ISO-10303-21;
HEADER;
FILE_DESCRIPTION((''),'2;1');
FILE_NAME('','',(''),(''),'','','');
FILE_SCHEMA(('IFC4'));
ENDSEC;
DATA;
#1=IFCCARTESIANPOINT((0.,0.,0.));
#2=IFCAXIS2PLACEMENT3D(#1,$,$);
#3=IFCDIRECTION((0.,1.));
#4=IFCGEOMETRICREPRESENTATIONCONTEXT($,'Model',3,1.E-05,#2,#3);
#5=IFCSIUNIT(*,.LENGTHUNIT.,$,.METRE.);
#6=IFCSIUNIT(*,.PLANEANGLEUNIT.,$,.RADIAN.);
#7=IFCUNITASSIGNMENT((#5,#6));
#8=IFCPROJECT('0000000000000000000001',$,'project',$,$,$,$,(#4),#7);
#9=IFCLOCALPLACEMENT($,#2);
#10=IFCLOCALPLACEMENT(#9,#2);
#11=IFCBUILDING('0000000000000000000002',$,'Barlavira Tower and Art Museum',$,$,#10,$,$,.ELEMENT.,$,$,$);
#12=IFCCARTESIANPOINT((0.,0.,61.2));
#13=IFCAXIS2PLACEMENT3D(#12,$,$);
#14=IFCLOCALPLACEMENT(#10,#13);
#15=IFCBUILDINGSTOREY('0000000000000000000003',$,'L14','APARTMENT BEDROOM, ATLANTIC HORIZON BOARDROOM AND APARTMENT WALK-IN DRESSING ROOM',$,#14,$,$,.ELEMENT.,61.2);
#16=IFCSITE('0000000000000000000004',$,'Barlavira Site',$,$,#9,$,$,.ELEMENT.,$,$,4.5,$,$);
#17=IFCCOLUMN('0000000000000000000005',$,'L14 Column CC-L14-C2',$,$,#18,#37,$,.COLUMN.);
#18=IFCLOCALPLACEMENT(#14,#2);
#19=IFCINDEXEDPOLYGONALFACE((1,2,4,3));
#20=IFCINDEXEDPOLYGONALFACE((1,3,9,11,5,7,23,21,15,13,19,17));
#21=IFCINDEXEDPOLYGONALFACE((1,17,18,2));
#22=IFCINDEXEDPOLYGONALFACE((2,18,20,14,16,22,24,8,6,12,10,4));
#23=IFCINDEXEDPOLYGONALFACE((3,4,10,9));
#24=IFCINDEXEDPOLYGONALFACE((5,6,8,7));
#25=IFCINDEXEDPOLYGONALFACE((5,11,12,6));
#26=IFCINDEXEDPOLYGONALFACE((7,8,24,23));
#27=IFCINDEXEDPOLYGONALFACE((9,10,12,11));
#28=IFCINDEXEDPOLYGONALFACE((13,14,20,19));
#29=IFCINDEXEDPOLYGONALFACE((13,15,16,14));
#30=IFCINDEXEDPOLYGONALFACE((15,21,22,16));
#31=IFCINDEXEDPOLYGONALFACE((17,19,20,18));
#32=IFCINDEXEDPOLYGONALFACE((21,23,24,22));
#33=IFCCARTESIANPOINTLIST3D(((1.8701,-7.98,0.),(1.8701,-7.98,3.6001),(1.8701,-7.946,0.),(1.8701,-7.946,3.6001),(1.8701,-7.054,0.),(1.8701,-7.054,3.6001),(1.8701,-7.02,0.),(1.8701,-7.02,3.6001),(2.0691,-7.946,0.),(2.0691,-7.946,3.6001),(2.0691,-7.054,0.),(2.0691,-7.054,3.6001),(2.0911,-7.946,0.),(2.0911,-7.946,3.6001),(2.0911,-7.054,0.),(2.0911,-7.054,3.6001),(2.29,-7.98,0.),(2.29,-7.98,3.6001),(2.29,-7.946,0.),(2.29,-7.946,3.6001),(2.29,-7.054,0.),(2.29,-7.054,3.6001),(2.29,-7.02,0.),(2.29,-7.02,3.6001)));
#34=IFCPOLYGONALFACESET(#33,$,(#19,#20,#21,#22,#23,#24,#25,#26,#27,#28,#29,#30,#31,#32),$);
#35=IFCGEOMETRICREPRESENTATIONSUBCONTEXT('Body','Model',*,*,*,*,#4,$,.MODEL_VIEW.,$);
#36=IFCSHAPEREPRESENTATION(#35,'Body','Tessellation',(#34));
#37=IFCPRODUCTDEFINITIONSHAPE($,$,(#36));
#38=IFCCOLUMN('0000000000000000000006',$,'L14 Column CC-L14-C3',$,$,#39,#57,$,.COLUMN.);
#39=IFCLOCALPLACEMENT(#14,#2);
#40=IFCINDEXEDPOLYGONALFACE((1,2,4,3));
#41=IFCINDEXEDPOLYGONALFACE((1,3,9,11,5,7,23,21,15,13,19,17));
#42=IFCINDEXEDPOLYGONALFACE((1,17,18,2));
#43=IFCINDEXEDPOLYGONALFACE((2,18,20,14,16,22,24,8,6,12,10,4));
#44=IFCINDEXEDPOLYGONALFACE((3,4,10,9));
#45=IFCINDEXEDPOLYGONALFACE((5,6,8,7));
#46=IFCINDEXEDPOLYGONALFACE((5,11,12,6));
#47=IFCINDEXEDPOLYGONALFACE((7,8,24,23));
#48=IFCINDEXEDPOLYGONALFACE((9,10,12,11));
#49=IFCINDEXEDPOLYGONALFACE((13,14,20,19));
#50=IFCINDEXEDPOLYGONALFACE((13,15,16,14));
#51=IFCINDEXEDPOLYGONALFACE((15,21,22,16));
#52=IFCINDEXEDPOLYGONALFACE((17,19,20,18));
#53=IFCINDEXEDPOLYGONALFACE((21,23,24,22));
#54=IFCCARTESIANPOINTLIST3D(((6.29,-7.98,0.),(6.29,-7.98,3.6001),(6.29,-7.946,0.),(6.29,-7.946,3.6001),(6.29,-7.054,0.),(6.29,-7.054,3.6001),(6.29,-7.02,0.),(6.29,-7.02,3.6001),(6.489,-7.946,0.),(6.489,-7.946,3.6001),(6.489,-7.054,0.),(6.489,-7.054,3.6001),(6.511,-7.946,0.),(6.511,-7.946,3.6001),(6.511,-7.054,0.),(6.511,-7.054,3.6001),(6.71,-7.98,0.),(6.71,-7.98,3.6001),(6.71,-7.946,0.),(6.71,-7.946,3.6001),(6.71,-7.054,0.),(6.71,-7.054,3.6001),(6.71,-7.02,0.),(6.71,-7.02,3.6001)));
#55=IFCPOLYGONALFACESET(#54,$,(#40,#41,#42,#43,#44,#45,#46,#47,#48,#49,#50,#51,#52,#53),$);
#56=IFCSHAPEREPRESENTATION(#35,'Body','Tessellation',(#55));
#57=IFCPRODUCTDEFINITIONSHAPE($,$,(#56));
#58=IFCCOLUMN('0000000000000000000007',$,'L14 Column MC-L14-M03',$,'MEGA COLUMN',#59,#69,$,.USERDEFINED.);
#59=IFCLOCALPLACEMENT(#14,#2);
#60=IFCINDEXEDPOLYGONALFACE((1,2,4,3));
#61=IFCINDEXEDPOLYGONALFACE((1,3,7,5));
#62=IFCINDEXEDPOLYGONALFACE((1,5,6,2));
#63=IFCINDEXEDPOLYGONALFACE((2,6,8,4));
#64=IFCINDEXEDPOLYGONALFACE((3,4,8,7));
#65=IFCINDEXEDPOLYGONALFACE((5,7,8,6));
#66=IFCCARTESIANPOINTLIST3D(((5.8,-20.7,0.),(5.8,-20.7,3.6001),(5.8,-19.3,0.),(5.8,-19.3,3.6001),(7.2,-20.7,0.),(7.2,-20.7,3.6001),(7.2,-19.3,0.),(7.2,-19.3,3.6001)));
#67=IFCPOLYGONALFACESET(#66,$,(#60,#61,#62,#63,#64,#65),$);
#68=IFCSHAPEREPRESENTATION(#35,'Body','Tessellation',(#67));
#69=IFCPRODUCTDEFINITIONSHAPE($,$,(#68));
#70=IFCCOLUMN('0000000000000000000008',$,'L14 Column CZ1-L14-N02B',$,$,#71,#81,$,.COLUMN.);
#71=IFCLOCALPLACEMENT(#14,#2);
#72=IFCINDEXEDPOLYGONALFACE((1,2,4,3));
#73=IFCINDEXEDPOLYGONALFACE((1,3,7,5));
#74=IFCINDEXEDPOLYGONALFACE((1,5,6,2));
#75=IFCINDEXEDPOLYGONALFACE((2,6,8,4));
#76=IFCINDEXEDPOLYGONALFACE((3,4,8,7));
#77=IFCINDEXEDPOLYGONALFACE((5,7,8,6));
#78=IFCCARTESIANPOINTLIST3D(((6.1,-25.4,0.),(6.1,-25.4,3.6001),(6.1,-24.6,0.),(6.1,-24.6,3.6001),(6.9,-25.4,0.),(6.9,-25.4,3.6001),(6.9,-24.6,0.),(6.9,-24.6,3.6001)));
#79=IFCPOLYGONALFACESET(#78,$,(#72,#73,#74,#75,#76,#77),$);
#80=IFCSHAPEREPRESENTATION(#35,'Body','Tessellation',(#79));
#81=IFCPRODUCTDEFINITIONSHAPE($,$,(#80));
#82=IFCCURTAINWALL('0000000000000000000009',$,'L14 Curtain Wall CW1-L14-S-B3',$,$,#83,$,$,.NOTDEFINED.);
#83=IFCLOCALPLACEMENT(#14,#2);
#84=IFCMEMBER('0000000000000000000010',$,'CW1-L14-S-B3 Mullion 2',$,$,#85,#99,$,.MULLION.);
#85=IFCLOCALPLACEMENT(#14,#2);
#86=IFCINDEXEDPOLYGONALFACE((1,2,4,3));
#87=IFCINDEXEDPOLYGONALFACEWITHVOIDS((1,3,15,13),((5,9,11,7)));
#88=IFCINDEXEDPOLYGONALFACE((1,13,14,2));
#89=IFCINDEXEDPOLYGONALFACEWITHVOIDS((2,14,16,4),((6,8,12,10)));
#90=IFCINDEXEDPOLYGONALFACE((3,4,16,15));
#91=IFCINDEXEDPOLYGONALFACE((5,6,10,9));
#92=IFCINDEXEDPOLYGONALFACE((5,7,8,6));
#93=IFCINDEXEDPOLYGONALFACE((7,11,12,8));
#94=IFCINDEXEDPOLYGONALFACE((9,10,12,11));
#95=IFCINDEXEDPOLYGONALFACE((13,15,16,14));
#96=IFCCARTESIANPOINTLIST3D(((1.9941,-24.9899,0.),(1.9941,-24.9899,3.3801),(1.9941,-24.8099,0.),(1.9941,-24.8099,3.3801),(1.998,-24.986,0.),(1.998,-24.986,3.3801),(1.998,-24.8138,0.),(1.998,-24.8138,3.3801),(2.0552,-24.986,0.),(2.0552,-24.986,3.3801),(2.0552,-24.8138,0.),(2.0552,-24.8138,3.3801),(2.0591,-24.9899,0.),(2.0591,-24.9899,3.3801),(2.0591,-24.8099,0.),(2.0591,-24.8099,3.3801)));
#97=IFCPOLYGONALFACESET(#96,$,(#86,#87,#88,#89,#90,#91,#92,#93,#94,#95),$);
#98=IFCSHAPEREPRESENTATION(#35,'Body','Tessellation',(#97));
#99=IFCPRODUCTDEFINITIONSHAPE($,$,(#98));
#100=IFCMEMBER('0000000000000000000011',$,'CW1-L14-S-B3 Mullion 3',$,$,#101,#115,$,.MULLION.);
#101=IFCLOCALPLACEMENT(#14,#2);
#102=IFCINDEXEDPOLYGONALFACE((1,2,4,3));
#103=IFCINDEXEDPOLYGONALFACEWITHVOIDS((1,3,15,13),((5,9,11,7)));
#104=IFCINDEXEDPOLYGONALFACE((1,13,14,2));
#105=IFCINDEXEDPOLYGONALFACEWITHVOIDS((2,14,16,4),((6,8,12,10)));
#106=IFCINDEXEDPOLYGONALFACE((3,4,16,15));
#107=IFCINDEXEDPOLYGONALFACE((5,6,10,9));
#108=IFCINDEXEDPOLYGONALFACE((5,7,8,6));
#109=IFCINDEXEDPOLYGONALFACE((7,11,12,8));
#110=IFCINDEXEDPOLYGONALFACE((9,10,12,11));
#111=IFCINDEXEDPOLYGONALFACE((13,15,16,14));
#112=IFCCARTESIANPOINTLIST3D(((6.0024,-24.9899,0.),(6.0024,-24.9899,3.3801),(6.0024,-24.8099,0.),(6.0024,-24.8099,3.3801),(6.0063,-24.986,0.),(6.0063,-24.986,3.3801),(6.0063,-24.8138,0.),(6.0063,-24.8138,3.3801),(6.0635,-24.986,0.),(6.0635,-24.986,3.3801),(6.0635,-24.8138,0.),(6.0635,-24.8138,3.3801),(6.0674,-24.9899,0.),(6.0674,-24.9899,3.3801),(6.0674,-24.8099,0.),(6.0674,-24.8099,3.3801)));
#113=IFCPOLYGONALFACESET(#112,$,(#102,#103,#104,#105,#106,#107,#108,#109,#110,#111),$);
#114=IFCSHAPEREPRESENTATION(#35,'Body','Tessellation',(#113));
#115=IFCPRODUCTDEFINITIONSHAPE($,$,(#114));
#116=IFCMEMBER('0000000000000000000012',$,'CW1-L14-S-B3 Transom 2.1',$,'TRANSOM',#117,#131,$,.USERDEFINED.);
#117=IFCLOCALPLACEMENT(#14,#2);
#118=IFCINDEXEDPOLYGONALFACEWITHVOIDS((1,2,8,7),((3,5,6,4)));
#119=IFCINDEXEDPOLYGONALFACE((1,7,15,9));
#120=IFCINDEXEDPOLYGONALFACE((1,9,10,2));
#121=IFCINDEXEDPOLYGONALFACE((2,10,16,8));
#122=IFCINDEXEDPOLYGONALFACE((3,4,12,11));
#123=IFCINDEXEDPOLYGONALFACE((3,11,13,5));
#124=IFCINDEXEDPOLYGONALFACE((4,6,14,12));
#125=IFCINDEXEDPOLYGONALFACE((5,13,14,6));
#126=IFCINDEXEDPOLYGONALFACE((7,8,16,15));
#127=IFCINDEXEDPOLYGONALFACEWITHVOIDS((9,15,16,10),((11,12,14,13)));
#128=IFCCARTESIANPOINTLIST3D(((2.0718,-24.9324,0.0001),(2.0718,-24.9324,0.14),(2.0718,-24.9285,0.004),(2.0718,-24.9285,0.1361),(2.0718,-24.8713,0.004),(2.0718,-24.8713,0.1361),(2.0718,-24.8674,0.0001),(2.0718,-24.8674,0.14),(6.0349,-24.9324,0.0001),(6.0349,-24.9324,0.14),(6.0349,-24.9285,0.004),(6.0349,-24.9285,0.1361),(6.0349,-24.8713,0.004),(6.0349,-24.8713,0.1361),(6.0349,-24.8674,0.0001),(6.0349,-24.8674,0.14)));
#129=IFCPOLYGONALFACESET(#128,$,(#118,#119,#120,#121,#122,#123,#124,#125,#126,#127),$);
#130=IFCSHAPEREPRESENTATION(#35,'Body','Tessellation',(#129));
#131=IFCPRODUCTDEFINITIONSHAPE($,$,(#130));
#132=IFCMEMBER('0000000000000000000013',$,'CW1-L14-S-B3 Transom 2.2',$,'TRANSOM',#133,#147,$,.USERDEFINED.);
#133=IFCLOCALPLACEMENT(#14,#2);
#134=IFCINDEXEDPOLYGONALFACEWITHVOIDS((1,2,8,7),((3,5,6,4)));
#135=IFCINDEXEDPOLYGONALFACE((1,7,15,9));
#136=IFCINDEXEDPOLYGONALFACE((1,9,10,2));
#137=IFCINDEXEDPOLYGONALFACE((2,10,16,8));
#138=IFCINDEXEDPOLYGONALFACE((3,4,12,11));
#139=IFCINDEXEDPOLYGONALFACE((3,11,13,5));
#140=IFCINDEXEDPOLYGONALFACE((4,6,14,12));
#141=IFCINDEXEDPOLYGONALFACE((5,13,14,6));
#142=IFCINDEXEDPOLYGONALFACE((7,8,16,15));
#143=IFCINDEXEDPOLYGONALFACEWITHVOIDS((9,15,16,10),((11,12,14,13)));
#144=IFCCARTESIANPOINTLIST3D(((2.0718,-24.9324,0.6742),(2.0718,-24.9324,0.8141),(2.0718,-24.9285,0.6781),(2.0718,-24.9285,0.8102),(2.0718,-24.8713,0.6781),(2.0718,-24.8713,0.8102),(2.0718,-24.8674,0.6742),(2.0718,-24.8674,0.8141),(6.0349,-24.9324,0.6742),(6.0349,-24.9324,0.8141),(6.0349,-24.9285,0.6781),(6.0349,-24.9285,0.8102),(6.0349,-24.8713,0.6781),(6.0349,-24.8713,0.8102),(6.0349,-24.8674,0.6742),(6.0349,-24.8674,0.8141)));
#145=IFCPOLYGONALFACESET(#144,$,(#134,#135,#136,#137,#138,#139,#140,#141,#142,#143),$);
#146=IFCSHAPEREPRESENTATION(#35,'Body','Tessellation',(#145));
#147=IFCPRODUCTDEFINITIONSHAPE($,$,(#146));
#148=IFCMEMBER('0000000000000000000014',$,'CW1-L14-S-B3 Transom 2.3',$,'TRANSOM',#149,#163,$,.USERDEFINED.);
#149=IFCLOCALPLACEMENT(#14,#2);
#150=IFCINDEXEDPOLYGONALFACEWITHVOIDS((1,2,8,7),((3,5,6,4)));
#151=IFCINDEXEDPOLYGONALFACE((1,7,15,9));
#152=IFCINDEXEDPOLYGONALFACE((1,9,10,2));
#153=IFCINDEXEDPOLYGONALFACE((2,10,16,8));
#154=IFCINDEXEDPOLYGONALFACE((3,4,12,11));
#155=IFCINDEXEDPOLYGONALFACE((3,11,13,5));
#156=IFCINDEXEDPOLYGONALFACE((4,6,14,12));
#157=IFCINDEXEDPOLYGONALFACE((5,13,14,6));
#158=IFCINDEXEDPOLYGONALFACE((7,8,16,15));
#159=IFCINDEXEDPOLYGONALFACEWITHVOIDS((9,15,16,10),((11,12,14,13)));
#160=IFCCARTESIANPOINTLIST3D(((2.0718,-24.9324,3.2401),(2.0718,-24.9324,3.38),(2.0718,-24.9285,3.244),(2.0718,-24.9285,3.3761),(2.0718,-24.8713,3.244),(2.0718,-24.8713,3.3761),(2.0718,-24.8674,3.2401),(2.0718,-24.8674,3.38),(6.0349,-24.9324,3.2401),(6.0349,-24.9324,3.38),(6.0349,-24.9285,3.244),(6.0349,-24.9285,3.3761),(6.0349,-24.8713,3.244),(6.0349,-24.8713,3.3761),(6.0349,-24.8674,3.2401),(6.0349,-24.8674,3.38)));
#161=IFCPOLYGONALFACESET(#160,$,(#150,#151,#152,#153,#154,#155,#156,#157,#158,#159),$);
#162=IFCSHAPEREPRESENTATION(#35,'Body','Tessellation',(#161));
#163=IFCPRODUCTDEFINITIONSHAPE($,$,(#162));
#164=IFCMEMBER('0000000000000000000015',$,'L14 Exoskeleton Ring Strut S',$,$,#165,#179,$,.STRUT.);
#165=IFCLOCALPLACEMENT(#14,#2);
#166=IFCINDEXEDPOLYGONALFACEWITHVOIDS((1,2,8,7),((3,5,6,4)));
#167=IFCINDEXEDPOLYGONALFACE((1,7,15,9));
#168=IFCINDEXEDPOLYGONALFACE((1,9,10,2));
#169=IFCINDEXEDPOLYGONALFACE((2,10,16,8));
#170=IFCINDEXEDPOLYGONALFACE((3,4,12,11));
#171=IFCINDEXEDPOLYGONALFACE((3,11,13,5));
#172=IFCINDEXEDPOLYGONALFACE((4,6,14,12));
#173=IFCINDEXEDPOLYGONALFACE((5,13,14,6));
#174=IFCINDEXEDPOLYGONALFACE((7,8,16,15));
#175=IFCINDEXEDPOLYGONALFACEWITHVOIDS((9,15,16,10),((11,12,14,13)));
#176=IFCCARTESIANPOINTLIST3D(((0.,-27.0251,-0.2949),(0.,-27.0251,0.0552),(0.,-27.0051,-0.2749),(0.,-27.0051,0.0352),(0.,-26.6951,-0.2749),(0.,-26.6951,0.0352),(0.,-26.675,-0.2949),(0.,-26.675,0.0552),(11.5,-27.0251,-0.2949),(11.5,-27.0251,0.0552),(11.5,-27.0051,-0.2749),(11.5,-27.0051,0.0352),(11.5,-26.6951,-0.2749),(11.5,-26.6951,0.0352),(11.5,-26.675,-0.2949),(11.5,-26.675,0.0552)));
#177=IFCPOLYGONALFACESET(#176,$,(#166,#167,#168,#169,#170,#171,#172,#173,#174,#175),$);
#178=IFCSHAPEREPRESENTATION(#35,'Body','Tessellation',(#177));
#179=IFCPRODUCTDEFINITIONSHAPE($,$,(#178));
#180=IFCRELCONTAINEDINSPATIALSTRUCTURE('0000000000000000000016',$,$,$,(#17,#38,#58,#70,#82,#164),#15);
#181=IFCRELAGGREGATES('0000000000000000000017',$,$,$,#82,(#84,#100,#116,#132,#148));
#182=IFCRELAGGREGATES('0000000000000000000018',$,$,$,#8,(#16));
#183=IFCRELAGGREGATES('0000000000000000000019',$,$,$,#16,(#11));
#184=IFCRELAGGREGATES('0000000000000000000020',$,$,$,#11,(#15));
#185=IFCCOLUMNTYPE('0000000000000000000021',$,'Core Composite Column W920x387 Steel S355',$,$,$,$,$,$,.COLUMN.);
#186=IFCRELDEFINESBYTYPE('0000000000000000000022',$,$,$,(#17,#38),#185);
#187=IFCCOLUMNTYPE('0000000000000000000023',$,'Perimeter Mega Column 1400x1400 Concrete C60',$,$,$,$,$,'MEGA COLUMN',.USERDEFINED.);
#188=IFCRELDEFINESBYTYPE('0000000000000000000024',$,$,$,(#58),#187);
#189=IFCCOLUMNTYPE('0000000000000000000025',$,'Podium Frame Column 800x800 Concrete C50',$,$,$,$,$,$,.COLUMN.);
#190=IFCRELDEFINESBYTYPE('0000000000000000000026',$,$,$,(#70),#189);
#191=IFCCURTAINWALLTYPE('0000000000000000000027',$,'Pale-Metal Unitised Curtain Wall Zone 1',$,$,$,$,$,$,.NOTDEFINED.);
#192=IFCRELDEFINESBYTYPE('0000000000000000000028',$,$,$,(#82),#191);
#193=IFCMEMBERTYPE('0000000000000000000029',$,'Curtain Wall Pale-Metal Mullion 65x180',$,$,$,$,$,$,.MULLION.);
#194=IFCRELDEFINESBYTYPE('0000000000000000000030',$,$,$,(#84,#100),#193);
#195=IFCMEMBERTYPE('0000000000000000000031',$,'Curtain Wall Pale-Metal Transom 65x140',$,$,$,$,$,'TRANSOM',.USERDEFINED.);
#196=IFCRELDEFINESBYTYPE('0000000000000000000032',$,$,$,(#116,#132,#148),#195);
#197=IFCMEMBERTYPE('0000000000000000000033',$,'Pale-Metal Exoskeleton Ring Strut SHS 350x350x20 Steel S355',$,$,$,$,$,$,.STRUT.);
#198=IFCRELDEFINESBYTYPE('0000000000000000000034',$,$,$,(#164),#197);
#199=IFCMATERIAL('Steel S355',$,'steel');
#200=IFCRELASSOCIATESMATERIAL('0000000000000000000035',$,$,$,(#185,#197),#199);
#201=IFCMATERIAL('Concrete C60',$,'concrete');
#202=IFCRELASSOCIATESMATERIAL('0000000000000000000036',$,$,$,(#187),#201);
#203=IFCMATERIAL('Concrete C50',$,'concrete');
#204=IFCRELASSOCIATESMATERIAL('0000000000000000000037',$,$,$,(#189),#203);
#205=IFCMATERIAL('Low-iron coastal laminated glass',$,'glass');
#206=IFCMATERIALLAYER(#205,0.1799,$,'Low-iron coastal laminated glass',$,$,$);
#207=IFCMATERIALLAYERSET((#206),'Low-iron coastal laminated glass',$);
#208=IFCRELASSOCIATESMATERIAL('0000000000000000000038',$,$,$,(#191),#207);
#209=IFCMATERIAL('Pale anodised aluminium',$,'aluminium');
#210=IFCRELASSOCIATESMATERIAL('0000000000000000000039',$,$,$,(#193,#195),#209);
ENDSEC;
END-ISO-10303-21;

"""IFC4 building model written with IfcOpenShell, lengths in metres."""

from ifc_helpers import new_model, si_unit, direction, frame, origin, origin_2d, place, context, subcontext, project, spatial, rectangle, hollow_rectangle, i_section, extrude, material, layer, layer_set, material_profile, profile_set, type_object, element, aggregate, save


model = new_model("IFC4")

# Units and contexts
model_context = context("Model", 3, precision=1e-05, world=origin(), true_north=direction((0.0, 1.0)))
body_context = subcontext(model_context, "Body", "Model", "MODEL_VIEW")
ifc_project = project(units=[si_unit("LENGTHUNIT", "METRE"), si_unit("PLANEANGLEUNIT", "RADIAN")], contexts=[model_context])

# Site, building, storey
site_placement = place(None, origin())
site = spatial("IfcSite", under=ifc_project, at=site_placement, Name="Barlavira Site", CompositionType="ELEMENT", RefElevation=4.5)
building_placement = place(site_placement, origin())
building = spatial("IfcBuilding", under=site, at=building_placement, Name="Barlavira Tower and Art Museum", CompositionType="ELEMENT")
storey_placement = place(building_placement, frame((0.0, 0.0, 61.2)))
storey = spatial("IfcBuildingStorey", under=building, at=storey_placement, Name="L14", Description="APARTMENT BEDROOM, ATLANTIC HORIZON BOARDROOM AND APARTMENT WALK-IN DRESSING ROOM", CompositionType="ELEMENT", Elevation=61.2)

# Columns
ifc_material_1 = material(Name="Steel S355", Category="steel")
ifc_material_profile_1 = material_profile(ifc_material_1, i_section(OverallWidth=0.4199, OverallDepth=0.96, WebThickness=0.022, FlangeThickness=0.0339, at=origin_2d()), Name="W920x387.0")
ifc_profile_set_1 = profile_set([ifc_material_profile_1], Name="Steel S355")
column_type_1 = type_object("IfcColumnType", Name="Core Composite Column W920x387 Steel S355", PredefinedType="COLUMN", material=ifc_profile_set_1)
for number, where, z_axis, x_axis, name in (
    (1, (2.0801, -7.5, 0.0), (0.0, 0.0, 1.0), (1.0, 0.0, 0.0), "L14 Column CC-L14-C2"),
    (2, (6.5, -7.5, 0.0), (0.0, 0.0, 1.0), (1.0, 0.0, 0.0), "L14 Column CC-L14-C3"),
):
    element("IfcColumn", number, at=place(storey_placement, frame(where, z_axis=z_axis, x_axis=x_axis)), inside=storey, type_object=column_type_1, Name=name, PredefinedType="COLUMN", context=body_context, shape_type="SweptSolid", body=[
        extrude(i_section(OverallWidth=0.4199, OverallDepth=0.96, WebThickness=0.022, FlangeThickness=0.0339, at=origin_2d()), origin(), (0.0, 0.0, 1.0), 3.6001),
    ])
ifc_material_2 = material(Name="Concrete C60", Category="concrete")
ifc_material_profile_2 = material_profile(ifc_material_2, rectangle(XDim=1.3999, YDim=1.3999, at=origin_2d()), Name="RC-MCOL 1400x1400")
ifc_profile_set_2 = profile_set([ifc_material_profile_2], Name="Concrete C60")
column_type_2 = type_object("IfcColumnType", Name="Perimeter Mega Column 1400x1400 Concrete C60", ElementType="MEGA COLUMN", PredefinedType="USERDEFINED", material=ifc_profile_set_2)
column_1_placement = place(storey_placement, frame((6.5, -20.0, 0.0), z_axis=(0.0, 0.0, 1.0), x_axis=(1.0, 0.0, 0.0)))
element("IfcColumn", 3, at=column_1_placement, inside=storey, type_object=column_type_2, Name="L14 Column MC-L14-M03", ObjectType="MEGA COLUMN", PredefinedType="USERDEFINED", context=body_context, shape_type="SweptSolid", body=[
    extrude(rectangle(XDim=1.3999, YDim=1.3999, at=origin_2d()), origin(), (0.0, 0.0, 1.0), 3.6001),
])
ifc_material_3 = material(Name="Concrete C50", Category="concrete")
ifc_material_profile_3 = material_profile(ifc_material_3, rectangle(XDim=0.8, YDim=0.8, at=origin_2d()), Name="RC-COL 800x800")
ifc_profile_set_3 = profile_set([ifc_material_profile_3], Name="Concrete C50")
column_type_3 = type_object("IfcColumnType", Name="Podium Frame Column 800x800 Concrete C50", PredefinedType="COLUMN", material=ifc_profile_set_3)
column_2_placement = place(storey_placement, frame((6.5, -25.0, 0.0), z_axis=(0.0, 0.0, 1.0), x_axis=(1.0, 0.0, 0.0)))
element("IfcColumn", 4, at=column_2_placement, inside=storey, type_object=column_type_3, Name="L14 Column CZ1-L14-N02B", PredefinedType="COLUMN", context=body_context, shape_type="SweptSolid", body=[
    extrude(rectangle(XDim=0.8, YDim=0.8, at=origin_2d()), origin(), (0.0, 0.0, 1.0), 3.6001),
])

# Curtain wall, members
ifc_material_4 = material(Name="Low-iron coastal laminated glass", Category="glass")
ifc_layer_1 = layer(ifc_material_4, 0.1799, Name="Low-iron coastal laminated glass")
ifc_layer_set_1 = layer_set([ifc_layer_1], Name="Low-iron coastal laminated glass")
curtain_wall_type = type_object("IfcCurtainWallType", Name="Pale-Metal Unitised Curtain Wall Zone 1", PredefinedType="NOTDEFINED", material=ifc_layer_set_1)
curtain_wall_placement = place(storey_placement, origin())
curtain_wall = element("IfcCurtainWall", 5, at=curtain_wall_placement, inside=storey, type_object=curtain_wall_type, Name="L14 Curtain Wall CW1-L14-S-B3", PredefinedType="NOTDEFINED")
ifc_material_5 = material(Name="Pale anodised aluminium", Category="aluminium")
ifc_material_profile_4 = material_profile(ifc_material_5, hollow_rectangle(XDim=0.0649, YDim=0.1799, WallThickness=0.0039, at=origin_2d()), Name="ALU-MULL 65x180x4")
ifc_profile_set_4 = profile_set([ifc_material_profile_4], Name="Pale anodised aluminium")
member_type_1 = type_object("IfcMemberType", Name="Curtain Wall Pale-Metal Mullion 65x180", PredefinedType="MULLION", material=ifc_profile_set_4)
member_1_placement = place(storey_placement, frame((2.0266, -24.8999, 0.0), z_axis=(0.0, 0.0, 1.0), x_axis=(1.0, 0.0, 0.0)))
member_1 = element("IfcMember", 6, at=member_1_placement, type_object=member_type_1, Name="CW1-L14-S-B3 Mullion 2", PredefinedType="MULLION", context=body_context, shape_type="SweptSolid", body=[
    extrude(hollow_rectangle(XDim=0.0649, YDim=0.1799, WallThickness=0.0039, at=origin_2d()), origin(), (0.0, 0.0, 1.0), 3.3801),
])
member_2_placement = place(storey_placement, frame((6.0349, -24.8999, 0.0), z_axis=(0.0, 0.0, 1.0), x_axis=(1.0, 0.0, 0.0)))
member_2 = element("IfcMember", 7, at=member_2_placement, type_object=member_type_1, Name="CW1-L14-S-B3 Mullion 3", PredefinedType="MULLION", context=body_context, shape_type="SweptSolid", body=[
    extrude(hollow_rectangle(XDim=0.0649, YDim=0.1799, WallThickness=0.0039, at=origin_2d()), origin(), (0.0, 0.0, 1.0), 3.3801),
])
ifc_material_profile_5 = material_profile(ifc_material_5, hollow_rectangle(XDim=0.0649, YDim=0.1399, WallThickness=0.0039, at=origin_2d()), Name="ALU-TRAN 65x140x4")
ifc_profile_set_5 = profile_set([ifc_material_profile_5], Name="Pale anodised aluminium")
member_type_2 = type_object("IfcMemberType", Name="Curtain Wall Pale-Metal Transom 65x140", ElementType="TRANSOM", PredefinedType="USERDEFINED", material=ifc_profile_set_5)
member_3_placement = place(storey_placement, frame((2.0718, -24.8999, 0.0701), z_axis=(1.0, 0.0, 0.0), x_axis=(0.0, 1.0, 0.0)))
member_3 = element("IfcMember", 8, at=member_3_placement, type_object=member_type_2, Name="CW1-L14-S-B3 Transom 2.1", ObjectType="TRANSOM", PredefinedType="USERDEFINED", context=body_context, shape_type="SweptSolid", body=[
    extrude(hollow_rectangle(XDim=0.0649, YDim=0.1399, WallThickness=0.0039, at=origin_2d()), origin(), (0.0, 0.0, 1.0), 3.9631),
])
member_4_placement = place(storey_placement, frame((2.0718, -24.8999, 0.7441), z_axis=(1.0, 0.0, 0.0), x_axis=(0.0, 1.0, 0.0)))
member_4 = element("IfcMember", 9, at=member_4_placement, type_object=member_type_2, Name="CW1-L14-S-B3 Transom 2.2", ObjectType="TRANSOM", PredefinedType="USERDEFINED", context=body_context, shape_type="SweptSolid", body=[
    extrude(hollow_rectangle(XDim=0.0649, YDim=0.1399, WallThickness=0.0039, at=origin_2d()), origin(), (0.0, 0.0, 1.0), 3.9631),
])
member_5_placement = place(storey_placement, frame((2.0718, -24.8999, 3.3101), z_axis=(1.0, 0.0, 0.0), x_axis=(0.0, 1.0, 0.0)))
member_5 = element("IfcMember", 10, at=member_5_placement, type_object=member_type_2, Name="CW1-L14-S-B3 Transom 2.3", ObjectType="TRANSOM", PredefinedType="USERDEFINED", context=body_context, shape_type="SweptSolid", body=[
    extrude(hollow_rectangle(XDim=0.0649, YDim=0.1399, WallThickness=0.0039, at=origin_2d()), origin(), (0.0, 0.0, 1.0), 3.9631),
])

# Member
ifc_material_profile_6 = material_profile(ifc_material_1, hollow_rectangle(XDim=0.3501, YDim=0.3501, WallThickness=0.02, at=origin_2d()), Name="SHS 350x350x20.0")
ifc_profile_set_6 = profile_set([ifc_material_profile_6], Name="Steel S355")
member_type_3 = type_object("IfcMemberType", Name="Pale-Metal Exoskeleton Ring Strut SHS 350x350x20 Steel S355", PredefinedType="STRUT", material=ifc_profile_set_6)
member_6_placement = place(storey_placement, frame((0.0, -26.8501, -0.1199), z_axis=(1.0, 0.0, 0.0), x_axis=(0.0, 1.0, 0.0)))
element("IfcMember", 11, at=member_6_placement, inside=storey, type_object=member_type_3, Name="L14 Exoskeleton Ring Strut S", PredefinedType="STRUT", context=body_context, shape_type="SweptSolid", body=[
    extrude(hollow_rectangle(XDim=0.3501, YDim=0.3501, WallThickness=0.02, at=origin_2d()), origin(), (0.0, 0.0, 1.0), 11.5),
])

aggregate(curtain_wall, [member_1, member_2, member_3, member_4, member_5])

save(model, "model.ifc")
